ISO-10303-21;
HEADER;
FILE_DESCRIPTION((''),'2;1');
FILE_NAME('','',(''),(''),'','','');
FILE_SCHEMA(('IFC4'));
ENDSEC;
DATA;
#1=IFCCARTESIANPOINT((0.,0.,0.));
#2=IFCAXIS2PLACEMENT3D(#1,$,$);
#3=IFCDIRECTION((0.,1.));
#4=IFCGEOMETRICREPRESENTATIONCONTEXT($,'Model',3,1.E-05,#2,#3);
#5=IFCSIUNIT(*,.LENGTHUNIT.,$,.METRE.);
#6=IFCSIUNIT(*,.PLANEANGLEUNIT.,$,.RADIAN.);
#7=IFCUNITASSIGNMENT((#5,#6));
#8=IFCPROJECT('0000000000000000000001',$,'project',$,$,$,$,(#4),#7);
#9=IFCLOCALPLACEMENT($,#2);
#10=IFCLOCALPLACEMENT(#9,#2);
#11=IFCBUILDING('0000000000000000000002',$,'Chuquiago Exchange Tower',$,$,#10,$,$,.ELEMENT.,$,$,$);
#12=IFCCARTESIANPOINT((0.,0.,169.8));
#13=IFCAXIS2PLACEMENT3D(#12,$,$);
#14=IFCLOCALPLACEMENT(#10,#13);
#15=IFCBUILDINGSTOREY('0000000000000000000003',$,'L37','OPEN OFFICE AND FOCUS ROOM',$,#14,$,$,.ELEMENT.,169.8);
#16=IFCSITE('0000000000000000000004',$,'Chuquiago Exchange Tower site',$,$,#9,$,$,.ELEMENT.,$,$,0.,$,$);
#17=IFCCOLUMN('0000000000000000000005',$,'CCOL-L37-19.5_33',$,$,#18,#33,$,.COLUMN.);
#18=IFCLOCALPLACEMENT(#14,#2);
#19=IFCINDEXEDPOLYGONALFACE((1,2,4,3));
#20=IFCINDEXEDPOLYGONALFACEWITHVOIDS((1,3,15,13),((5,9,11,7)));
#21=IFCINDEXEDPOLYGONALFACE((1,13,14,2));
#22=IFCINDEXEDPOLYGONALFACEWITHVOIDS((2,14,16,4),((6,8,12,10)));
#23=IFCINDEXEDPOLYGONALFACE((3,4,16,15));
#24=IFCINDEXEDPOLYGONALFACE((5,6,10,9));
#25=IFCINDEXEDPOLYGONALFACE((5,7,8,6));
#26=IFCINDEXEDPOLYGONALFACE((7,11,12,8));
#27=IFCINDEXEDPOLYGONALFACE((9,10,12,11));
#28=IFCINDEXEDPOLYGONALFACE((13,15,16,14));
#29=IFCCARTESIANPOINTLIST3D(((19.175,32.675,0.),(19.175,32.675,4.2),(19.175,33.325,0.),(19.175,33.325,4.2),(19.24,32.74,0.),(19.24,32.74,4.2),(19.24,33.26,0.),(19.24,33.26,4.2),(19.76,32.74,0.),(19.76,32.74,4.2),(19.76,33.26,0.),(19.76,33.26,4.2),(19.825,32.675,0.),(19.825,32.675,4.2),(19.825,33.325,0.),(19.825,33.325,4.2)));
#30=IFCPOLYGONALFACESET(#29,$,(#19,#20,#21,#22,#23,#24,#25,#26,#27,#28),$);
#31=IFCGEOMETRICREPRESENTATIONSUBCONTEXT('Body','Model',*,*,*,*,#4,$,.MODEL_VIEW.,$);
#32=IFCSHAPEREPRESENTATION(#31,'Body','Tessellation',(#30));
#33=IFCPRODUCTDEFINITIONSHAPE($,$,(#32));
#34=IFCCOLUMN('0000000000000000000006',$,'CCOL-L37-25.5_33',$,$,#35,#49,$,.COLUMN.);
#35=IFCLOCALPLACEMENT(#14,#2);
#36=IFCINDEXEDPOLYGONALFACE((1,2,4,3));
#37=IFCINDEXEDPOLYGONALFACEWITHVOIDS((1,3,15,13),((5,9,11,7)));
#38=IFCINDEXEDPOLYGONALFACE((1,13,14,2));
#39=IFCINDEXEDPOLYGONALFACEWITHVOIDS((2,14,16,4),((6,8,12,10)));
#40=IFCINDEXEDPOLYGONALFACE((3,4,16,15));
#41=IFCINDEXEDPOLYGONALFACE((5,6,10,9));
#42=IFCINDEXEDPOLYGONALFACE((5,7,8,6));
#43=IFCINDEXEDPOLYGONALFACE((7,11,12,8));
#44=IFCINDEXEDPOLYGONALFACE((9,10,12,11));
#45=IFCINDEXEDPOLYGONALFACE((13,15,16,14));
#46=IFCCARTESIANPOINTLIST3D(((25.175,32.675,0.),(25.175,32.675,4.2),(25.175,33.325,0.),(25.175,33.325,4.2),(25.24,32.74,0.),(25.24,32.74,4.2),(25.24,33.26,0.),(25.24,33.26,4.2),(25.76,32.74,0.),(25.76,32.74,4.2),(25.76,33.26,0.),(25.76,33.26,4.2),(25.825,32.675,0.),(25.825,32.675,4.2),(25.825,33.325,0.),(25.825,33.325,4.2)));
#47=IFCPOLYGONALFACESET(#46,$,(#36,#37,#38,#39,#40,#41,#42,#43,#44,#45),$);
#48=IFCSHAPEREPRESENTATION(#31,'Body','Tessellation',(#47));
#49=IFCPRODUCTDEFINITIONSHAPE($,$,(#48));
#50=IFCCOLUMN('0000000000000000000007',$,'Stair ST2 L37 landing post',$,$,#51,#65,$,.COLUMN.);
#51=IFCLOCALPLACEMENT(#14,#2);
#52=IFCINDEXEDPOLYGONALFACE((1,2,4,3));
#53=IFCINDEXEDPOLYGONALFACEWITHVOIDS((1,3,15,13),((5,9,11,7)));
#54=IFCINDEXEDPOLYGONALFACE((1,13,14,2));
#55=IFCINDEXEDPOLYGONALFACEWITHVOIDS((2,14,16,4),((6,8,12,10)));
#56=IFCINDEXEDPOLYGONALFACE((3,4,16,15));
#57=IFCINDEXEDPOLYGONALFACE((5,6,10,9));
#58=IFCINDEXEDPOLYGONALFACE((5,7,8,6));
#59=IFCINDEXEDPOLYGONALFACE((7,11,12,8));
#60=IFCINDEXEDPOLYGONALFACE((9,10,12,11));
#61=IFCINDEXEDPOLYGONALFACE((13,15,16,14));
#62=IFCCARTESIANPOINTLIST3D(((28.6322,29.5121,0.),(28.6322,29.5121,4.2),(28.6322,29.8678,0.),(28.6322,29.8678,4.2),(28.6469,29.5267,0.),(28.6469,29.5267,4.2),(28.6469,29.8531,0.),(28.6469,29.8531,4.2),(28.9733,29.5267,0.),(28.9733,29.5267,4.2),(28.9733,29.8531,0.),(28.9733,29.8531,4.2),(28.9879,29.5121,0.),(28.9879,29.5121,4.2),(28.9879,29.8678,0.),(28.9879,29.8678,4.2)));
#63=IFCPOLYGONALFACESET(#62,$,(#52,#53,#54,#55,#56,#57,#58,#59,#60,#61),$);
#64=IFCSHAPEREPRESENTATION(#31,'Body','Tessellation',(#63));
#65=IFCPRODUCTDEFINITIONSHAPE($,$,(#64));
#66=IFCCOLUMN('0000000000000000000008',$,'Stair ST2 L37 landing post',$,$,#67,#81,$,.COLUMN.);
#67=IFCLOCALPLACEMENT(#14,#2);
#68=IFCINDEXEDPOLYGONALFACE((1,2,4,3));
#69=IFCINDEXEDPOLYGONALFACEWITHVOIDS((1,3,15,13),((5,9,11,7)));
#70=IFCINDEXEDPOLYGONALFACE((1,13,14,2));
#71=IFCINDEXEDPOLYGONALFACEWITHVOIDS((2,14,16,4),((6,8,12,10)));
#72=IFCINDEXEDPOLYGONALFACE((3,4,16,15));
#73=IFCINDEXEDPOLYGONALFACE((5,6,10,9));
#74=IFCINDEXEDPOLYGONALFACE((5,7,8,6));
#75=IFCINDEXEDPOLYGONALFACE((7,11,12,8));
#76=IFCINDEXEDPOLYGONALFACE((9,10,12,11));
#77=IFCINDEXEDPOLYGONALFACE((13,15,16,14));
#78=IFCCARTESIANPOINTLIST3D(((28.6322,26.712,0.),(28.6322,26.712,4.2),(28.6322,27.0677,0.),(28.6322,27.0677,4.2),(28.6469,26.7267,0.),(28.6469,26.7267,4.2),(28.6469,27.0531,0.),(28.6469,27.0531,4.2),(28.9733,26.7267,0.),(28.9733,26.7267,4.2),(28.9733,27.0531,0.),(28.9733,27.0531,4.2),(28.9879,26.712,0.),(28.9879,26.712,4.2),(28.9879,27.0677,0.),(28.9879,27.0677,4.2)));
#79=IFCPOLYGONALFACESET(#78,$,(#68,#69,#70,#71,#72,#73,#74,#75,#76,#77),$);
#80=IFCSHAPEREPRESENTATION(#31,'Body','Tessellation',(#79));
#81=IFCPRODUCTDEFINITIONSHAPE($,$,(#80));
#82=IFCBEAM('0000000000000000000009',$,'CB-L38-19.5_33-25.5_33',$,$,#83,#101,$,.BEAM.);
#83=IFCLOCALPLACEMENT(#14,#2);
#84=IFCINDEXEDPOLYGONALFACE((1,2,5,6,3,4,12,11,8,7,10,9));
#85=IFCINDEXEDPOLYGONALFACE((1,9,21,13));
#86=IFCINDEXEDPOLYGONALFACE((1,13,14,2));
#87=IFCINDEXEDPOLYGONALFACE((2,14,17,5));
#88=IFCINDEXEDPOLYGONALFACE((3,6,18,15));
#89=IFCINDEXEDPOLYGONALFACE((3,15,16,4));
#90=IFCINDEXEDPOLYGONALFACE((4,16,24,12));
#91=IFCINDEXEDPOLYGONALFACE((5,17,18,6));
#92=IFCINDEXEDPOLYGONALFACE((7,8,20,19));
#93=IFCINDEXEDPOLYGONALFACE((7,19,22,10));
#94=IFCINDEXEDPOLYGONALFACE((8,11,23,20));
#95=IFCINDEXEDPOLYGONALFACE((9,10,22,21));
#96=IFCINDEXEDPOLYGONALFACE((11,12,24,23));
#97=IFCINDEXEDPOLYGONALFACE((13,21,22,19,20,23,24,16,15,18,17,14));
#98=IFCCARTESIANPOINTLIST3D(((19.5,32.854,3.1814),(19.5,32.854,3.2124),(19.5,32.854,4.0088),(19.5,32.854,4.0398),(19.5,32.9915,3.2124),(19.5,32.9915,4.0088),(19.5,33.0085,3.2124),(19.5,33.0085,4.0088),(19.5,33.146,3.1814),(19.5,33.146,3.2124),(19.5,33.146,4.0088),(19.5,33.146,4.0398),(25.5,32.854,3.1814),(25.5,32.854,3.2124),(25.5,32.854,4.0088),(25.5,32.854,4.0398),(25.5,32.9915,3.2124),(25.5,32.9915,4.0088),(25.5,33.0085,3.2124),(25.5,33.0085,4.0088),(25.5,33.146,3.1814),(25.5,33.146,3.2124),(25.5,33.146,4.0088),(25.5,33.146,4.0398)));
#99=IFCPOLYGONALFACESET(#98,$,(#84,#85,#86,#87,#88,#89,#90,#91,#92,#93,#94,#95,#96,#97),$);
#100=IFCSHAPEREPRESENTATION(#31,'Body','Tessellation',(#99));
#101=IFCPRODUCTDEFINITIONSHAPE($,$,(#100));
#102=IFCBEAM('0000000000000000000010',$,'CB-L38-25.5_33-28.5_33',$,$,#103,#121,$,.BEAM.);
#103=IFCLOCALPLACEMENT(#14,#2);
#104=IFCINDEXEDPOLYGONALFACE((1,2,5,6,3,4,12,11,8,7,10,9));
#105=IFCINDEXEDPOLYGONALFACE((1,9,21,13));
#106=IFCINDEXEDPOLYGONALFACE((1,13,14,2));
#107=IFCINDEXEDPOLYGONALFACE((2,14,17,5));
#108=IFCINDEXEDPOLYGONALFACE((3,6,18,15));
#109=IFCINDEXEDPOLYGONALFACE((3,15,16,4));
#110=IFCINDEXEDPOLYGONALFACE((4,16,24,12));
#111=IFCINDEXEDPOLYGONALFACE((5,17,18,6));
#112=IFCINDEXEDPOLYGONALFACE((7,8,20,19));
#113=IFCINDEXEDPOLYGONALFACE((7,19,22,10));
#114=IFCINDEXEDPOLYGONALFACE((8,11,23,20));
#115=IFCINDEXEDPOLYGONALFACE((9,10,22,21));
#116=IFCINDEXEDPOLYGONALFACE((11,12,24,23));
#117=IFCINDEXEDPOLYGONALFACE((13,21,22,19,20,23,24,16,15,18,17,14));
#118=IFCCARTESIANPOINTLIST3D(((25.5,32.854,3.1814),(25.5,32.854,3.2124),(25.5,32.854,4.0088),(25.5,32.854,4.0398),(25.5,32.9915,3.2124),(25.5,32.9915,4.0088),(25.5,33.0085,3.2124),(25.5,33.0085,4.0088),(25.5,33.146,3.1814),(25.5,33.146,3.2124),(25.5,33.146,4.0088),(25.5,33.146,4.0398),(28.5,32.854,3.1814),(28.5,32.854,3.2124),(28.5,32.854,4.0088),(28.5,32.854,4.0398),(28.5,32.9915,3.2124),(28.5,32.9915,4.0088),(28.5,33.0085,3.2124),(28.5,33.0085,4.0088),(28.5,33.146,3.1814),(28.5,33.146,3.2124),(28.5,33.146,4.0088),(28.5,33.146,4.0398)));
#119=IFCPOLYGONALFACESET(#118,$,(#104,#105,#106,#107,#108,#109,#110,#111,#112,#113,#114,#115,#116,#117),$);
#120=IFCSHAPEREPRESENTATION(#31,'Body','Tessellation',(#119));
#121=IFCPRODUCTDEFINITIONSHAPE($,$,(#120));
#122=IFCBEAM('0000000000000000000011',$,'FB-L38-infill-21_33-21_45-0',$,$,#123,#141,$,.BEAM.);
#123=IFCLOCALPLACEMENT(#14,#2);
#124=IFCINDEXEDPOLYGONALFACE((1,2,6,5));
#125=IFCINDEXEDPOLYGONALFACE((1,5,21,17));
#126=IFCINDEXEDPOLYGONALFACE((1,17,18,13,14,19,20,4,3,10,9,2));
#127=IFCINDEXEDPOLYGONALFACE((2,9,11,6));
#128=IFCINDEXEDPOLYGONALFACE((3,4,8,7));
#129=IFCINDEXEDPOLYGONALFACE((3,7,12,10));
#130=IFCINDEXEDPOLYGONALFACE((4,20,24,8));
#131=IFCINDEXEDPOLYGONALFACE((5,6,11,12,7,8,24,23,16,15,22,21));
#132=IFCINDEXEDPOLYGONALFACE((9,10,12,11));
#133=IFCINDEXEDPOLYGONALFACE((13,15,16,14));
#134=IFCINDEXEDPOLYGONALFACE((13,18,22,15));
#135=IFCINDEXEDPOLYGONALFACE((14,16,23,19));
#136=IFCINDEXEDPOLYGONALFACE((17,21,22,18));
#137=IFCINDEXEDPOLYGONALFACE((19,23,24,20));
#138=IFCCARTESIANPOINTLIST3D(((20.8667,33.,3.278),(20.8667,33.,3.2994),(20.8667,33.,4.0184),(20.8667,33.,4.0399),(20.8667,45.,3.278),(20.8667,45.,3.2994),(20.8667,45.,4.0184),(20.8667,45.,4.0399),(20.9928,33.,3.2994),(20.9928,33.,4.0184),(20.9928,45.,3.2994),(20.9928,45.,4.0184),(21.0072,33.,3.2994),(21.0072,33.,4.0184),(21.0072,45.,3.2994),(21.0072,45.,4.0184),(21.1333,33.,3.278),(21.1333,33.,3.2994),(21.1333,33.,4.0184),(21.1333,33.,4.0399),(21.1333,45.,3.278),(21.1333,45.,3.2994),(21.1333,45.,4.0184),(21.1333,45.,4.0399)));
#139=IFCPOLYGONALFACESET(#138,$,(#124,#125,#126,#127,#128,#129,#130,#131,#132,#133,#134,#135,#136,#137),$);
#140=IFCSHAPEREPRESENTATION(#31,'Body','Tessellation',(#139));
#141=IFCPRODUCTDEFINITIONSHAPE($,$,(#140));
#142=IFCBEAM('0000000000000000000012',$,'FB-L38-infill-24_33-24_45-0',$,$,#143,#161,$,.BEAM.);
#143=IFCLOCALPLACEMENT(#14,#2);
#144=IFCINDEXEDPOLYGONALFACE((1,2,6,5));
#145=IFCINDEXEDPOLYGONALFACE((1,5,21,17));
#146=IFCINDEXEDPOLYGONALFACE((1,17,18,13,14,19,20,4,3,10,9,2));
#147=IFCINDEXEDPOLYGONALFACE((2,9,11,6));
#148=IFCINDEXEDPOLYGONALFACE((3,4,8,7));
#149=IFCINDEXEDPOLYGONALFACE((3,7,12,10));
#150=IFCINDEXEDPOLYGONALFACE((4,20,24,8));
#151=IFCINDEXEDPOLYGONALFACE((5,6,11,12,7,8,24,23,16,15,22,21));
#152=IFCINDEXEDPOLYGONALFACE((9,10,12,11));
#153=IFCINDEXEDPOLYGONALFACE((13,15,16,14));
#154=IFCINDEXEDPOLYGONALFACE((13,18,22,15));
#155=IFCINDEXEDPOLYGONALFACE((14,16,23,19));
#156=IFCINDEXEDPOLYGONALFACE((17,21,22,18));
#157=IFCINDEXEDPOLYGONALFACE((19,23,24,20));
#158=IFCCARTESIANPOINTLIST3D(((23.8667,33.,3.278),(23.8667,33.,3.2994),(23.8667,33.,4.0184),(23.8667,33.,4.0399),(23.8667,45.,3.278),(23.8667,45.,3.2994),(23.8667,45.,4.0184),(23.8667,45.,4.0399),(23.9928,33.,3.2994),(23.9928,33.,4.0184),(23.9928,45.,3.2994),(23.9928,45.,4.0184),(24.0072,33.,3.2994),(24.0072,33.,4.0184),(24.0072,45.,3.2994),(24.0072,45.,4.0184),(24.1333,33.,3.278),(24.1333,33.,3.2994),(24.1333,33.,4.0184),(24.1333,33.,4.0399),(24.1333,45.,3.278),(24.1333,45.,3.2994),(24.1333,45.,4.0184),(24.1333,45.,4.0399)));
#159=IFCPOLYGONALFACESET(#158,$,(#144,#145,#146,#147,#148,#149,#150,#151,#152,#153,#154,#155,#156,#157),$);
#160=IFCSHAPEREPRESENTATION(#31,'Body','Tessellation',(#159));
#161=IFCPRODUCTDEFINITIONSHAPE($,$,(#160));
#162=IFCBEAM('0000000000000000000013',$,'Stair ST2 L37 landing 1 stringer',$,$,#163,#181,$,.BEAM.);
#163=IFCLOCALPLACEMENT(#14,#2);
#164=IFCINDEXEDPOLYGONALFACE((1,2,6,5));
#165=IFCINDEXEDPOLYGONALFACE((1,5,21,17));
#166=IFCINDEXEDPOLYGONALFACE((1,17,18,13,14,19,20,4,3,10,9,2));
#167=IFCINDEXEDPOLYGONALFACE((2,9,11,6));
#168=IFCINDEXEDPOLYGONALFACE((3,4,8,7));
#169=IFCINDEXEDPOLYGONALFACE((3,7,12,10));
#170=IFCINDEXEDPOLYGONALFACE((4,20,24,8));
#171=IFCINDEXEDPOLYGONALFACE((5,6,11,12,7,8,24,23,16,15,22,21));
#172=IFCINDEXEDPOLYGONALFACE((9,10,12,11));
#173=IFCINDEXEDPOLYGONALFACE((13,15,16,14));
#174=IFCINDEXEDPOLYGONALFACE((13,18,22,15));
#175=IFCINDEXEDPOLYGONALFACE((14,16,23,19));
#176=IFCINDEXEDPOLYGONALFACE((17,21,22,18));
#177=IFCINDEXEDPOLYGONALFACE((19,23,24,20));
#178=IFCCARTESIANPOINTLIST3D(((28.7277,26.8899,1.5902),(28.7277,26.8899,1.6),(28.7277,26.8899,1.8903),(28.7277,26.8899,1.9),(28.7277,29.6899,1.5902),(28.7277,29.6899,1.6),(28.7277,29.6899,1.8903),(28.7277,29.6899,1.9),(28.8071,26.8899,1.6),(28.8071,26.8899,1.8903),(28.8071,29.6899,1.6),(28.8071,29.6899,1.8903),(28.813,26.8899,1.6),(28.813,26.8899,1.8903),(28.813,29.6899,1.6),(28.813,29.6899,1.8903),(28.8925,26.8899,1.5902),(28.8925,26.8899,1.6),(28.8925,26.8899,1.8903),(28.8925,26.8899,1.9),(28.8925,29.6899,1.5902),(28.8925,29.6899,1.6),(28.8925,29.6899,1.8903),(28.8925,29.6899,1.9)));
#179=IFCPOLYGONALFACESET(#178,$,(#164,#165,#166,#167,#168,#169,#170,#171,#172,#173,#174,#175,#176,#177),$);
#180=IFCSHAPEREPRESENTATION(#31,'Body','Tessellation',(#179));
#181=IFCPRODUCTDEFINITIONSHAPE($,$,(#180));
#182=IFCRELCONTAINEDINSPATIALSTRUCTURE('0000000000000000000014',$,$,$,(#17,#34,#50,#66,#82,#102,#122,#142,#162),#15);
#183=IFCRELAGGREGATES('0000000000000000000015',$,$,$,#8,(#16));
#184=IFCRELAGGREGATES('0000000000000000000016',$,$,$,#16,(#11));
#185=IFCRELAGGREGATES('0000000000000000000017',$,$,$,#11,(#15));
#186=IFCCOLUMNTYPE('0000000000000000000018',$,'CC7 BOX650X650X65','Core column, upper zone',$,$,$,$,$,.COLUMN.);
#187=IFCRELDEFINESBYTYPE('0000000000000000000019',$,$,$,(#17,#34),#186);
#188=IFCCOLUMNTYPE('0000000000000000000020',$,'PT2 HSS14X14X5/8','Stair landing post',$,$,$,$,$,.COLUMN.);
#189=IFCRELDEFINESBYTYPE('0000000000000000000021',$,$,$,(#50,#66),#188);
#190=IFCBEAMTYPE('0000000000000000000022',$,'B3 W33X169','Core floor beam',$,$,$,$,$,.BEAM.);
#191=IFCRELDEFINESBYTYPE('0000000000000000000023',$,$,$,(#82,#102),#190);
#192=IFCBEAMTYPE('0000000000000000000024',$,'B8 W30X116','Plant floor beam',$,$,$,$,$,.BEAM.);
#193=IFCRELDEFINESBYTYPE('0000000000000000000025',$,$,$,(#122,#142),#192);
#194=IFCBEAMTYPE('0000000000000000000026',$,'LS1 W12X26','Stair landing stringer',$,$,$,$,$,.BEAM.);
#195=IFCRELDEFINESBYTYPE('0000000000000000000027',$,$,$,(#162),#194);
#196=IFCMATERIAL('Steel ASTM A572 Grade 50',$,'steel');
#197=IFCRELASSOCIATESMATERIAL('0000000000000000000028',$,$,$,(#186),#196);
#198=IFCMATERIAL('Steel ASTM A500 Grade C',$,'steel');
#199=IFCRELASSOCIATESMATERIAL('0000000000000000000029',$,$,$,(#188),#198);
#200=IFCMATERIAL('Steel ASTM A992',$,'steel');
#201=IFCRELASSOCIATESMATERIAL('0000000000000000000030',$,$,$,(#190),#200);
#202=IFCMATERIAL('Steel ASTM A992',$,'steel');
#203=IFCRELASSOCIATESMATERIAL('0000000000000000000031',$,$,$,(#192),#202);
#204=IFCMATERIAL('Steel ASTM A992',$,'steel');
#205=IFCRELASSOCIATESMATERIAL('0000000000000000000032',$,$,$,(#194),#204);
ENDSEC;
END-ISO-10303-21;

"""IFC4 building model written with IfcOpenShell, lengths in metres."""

from ifc_helpers import new_model, si_unit, direction, frame, origin, origin_2d, place, context, subcontext, project, spatial, hollow_rectangle, i_section, extrude, material, material_profile, profile_set, type_object, element, save


model = new_model("IFC4")

# Units and contexts
model_context = context("Model", 3, precision=1e-05, world=origin(), true_north=direction((0.0, 1.0)))
body_context = subcontext(model_context, "Body", "Model", "MODEL_VIEW")
ifc_project = project(units=[si_unit("LENGTHUNIT", "METRE"), si_unit("PLANEANGLEUNIT", "RADIAN")], contexts=[model_context])

# Site, building, storey
site_placement = place(None, origin())
site = spatial("IfcSite", under=ifc_project, at=site_placement, Name="Chuquiago Exchange Tower site", CompositionType="ELEMENT", RefElevation=0.0)
building_placement = place(site_placement, origin())
building = spatial("IfcBuilding", under=site, at=building_placement, Name="Chuquiago Exchange Tower", CompositionType="ELEMENT")
storey_placement = place(building_placement, frame((0.0, 0.0, 169.8)))
storey = spatial("IfcBuildingStorey", under=building, at=storey_placement, Name="L37", Description="OPEN OFFICE AND FOCUS ROOM", CompositionType="ELEMENT", Elevation=169.8)

# Columns
ifc_material_1 = material(Name="Steel ASTM A572 Grade 50", Category="steel")
ifc_material_profile_1 = material_profile(ifc_material_1, hollow_rectangle(XDim=0.6499, YDim=0.6499, WallThickness=0.0649, at=origin_2d()), Name="BOX650X650X65")
ifc_profile_set_1 = profile_set([ifc_material_profile_1], Name="Steel ASTM A572 Grade 50")
column_type_1 = type_object("IfcColumnType", Name="CC7 BOX650X650X65", Description="Core column, upper zone", PredefinedType="COLUMN", material=ifc_profile_set_1)
for number, where, z_axis, x_axis, name in (
    (1, (19.5, 33.0, 0.0), (0.0, 0.0, 1.0), (1.0, 0.0, 0.0), "CCOL-L37-19.5_33"),
    (2, (25.5, 33.0, 0.0), (0.0, 0.0, 1.0), (1.0, 0.0, 0.0), "CCOL-L37-25.5_33"),
):
    element("IfcColumn", number, at=place(storey_placement, frame(where, z_axis=z_axis, x_axis=x_axis)), inside=storey, type_object=column_type_1, Name=name, PredefinedType="COLUMN", context=body_context, shape_type="SweptSolid", body=[
        extrude(hollow_rectangle(XDim=0.6499, YDim=0.6499, WallThickness=0.0649, at=origin_2d()), origin(), (0.0, 0.0, 1.0), 4.2),
    ])
ifc_material_2 = material(Name="Steel ASTM A500 Grade C", Category="steel")
ifc_material_profile_2 = material_profile(ifc_material_2, hollow_rectangle(XDim=0.3557, YDim=0.3557, WallThickness=0.0146, at=origin_2d()), Name="HSS14X14X5/8")
ifc_profile_set_2 = profile_set([ifc_material_profile_2], Name="Steel ASTM A500 Grade C")
column_type_2 = type_object("IfcColumnType", Name="PT2 HSS14X14X5/8", Description="Stair landing post", PredefinedType="COLUMN", material=ifc_profile_set_2)
for number, where, z_axis, x_axis, name in (
    (3, (28.8101, 29.6899, 0.0), (0.0, 0.0, 1.0), (1.0, 0.0, 0.0), "Stair ST2 L37 landing post"),
    (4, (28.8101, 26.8899, 0.0), (0.0, 0.0, 1.0), (1.0, 0.0, 0.0), "Stair ST2 L37 landing post"),
):
    element("IfcColumn", number, at=place(storey_placement, frame(where, z_axis=z_axis, x_axis=x_axis)), inside=storey, type_object=column_type_2, Name=name, PredefinedType="COLUMN", context=body_context, shape_type="SweptSolid", body=[
        extrude(hollow_rectangle(XDim=0.3557, YDim=0.3557, WallThickness=0.0146, at=origin_2d()), origin(), (0.0, 0.0, 1.0), 4.2),
    ])

# Beams
ifc_material_3 = material(Name="Steel ASTM A992", Category="steel")
ifc_material_profile_3 = material_profile(ifc_material_3, i_section(OverallWidth=0.292, OverallDepth=0.8584, WebThickness=0.0171, FlangeThickness=0.031, at=origin_2d()), Name="W33X169")
ifc_profile_set_3 = profile_set([ifc_material_profile_3], Name="Steel ASTM A992")
beam_type_1 = type_object("IfcBeamType", Name="B3 W33X169", Description="Core floor beam", PredefinedType="BEAM", material=ifc_profile_set_3)
beam_1_placement = place(storey_placement, frame((19.5, 33.0, 3.6106), z_axis=(1.0, 0.0, 0.0), x_axis=(0.0, 1.0, 0.0)))
element("IfcBeam", 5, at=beam_1_placement, inside=storey, type_object=beam_type_1, Name="CB-L38-19.5_33-25.5_33", PredefinedType="BEAM", context=body_context, shape_type="SweptSolid", body=[
    extrude(i_section(OverallWidth=0.292, OverallDepth=0.8584, WebThickness=0.0171, FlangeThickness=0.031, at=origin_2d()), origin(), (0.0, 0.0, 1.0), 6.0),
])
beam_2_placement = place(storey_placement, frame((25.5, 33.0, 3.6106), z_axis=(1.0, 0.0, 0.0), x_axis=(0.0, 1.0, 0.0)))
element("IfcBeam", 6, at=beam_2_placement, inside=storey, type_object=beam_type_1, Name="CB-L38-25.5_33-28.5_33", PredefinedType="BEAM", context=body_context, shape_type="SweptSolid", body=[
    extrude(i_section(OverallWidth=0.292, OverallDepth=0.8584, WebThickness=0.0171, FlangeThickness=0.031, at=origin_2d()), origin(), (0.0, 0.0, 1.0), 3.0),
])
ifc_material_4 = material(Name="Steel ASTM A992", Category="steel")
ifc_material_profile_4 = material_profile(ifc_material_4, i_section(OverallWidth=0.2666, OverallDepth=0.762, WebThickness=0.0144, FlangeThickness=0.0215, at=origin_2d()), Name="W30X116")
ifc_profile_set_4 = profile_set([ifc_material_profile_4], Name="Steel ASTM A992")
beam_type_2 = type_object("IfcBeamType", Name="B8 W30X116", Description="Plant floor beam", PredefinedType="BEAM", material=ifc_profile_set_4)
for number, where, z_axis, x_axis, name in (
    (7, (21.0, 33.0, 3.6589), (0.0, 1.0, 0.0), (-1.0, 0.0, 0.0), "FB-L38-infill-21_33-21_45-0"),
    (8, (24.0, 33.0, 3.6589), (0.0, 1.0, 0.0), (-1.0, 0.0, 0.0), "FB-L38-infill-24_33-24_45-0"),
):
    element("IfcBeam", number, at=place(storey_placement, frame(where, z_axis=z_axis, x_axis=x_axis)), inside=storey, type_object=beam_type_2, Name=name, PredefinedType="BEAM", context=body_context, shape_type="SweptSolid", body=[
        extrude(i_section(OverallWidth=0.2666, OverallDepth=0.762, WebThickness=0.0144, FlangeThickness=0.0215, at=origin_2d()), origin(), (0.0, 0.0, 1.0), 12.0),
    ])
ifc_material_5 = material(Name="Steel ASTM A992", Category="steel")
ifc_material_profile_5 = material_profile(ifc_material_5, i_section(OverallWidth=0.1648, OverallDepth=0.3098, WebThickness=0.0059, FlangeThickness=0.0098, at=origin_2d()), Name="W12X26")
ifc_profile_set_5 = profile_set([ifc_material_profile_5], Name="Steel ASTM A992")
beam_type_3 = type_object("IfcBeamType", Name="LS1 W12X26", Description="Stair landing stringer", PredefinedType="BEAM", material=ifc_profile_set_5)
beam_3_placement = place(storey_placement, frame((28.8101, 26.8899, 1.7451), z_axis=(0.0, 1.0, 0.0), x_axis=(-1.0, 0.0, 0.0)))
element("IfcBeam", 9, at=beam_3_placement, inside=storey, type_object=beam_type_3, Name="Stair ST2 L37 landing 1 stringer", PredefinedType="BEAM", context=body_context, shape_type="SweptSolid", body=[
    extrude(i_section(OverallWidth=0.1648, OverallDepth=0.3098, WebThickness=0.0059, FlangeThickness=0.0098, at=origin_2d()), origin(), (0.0, 0.0, 1.0), 2.8),
])

save(model, "model.ifc")
